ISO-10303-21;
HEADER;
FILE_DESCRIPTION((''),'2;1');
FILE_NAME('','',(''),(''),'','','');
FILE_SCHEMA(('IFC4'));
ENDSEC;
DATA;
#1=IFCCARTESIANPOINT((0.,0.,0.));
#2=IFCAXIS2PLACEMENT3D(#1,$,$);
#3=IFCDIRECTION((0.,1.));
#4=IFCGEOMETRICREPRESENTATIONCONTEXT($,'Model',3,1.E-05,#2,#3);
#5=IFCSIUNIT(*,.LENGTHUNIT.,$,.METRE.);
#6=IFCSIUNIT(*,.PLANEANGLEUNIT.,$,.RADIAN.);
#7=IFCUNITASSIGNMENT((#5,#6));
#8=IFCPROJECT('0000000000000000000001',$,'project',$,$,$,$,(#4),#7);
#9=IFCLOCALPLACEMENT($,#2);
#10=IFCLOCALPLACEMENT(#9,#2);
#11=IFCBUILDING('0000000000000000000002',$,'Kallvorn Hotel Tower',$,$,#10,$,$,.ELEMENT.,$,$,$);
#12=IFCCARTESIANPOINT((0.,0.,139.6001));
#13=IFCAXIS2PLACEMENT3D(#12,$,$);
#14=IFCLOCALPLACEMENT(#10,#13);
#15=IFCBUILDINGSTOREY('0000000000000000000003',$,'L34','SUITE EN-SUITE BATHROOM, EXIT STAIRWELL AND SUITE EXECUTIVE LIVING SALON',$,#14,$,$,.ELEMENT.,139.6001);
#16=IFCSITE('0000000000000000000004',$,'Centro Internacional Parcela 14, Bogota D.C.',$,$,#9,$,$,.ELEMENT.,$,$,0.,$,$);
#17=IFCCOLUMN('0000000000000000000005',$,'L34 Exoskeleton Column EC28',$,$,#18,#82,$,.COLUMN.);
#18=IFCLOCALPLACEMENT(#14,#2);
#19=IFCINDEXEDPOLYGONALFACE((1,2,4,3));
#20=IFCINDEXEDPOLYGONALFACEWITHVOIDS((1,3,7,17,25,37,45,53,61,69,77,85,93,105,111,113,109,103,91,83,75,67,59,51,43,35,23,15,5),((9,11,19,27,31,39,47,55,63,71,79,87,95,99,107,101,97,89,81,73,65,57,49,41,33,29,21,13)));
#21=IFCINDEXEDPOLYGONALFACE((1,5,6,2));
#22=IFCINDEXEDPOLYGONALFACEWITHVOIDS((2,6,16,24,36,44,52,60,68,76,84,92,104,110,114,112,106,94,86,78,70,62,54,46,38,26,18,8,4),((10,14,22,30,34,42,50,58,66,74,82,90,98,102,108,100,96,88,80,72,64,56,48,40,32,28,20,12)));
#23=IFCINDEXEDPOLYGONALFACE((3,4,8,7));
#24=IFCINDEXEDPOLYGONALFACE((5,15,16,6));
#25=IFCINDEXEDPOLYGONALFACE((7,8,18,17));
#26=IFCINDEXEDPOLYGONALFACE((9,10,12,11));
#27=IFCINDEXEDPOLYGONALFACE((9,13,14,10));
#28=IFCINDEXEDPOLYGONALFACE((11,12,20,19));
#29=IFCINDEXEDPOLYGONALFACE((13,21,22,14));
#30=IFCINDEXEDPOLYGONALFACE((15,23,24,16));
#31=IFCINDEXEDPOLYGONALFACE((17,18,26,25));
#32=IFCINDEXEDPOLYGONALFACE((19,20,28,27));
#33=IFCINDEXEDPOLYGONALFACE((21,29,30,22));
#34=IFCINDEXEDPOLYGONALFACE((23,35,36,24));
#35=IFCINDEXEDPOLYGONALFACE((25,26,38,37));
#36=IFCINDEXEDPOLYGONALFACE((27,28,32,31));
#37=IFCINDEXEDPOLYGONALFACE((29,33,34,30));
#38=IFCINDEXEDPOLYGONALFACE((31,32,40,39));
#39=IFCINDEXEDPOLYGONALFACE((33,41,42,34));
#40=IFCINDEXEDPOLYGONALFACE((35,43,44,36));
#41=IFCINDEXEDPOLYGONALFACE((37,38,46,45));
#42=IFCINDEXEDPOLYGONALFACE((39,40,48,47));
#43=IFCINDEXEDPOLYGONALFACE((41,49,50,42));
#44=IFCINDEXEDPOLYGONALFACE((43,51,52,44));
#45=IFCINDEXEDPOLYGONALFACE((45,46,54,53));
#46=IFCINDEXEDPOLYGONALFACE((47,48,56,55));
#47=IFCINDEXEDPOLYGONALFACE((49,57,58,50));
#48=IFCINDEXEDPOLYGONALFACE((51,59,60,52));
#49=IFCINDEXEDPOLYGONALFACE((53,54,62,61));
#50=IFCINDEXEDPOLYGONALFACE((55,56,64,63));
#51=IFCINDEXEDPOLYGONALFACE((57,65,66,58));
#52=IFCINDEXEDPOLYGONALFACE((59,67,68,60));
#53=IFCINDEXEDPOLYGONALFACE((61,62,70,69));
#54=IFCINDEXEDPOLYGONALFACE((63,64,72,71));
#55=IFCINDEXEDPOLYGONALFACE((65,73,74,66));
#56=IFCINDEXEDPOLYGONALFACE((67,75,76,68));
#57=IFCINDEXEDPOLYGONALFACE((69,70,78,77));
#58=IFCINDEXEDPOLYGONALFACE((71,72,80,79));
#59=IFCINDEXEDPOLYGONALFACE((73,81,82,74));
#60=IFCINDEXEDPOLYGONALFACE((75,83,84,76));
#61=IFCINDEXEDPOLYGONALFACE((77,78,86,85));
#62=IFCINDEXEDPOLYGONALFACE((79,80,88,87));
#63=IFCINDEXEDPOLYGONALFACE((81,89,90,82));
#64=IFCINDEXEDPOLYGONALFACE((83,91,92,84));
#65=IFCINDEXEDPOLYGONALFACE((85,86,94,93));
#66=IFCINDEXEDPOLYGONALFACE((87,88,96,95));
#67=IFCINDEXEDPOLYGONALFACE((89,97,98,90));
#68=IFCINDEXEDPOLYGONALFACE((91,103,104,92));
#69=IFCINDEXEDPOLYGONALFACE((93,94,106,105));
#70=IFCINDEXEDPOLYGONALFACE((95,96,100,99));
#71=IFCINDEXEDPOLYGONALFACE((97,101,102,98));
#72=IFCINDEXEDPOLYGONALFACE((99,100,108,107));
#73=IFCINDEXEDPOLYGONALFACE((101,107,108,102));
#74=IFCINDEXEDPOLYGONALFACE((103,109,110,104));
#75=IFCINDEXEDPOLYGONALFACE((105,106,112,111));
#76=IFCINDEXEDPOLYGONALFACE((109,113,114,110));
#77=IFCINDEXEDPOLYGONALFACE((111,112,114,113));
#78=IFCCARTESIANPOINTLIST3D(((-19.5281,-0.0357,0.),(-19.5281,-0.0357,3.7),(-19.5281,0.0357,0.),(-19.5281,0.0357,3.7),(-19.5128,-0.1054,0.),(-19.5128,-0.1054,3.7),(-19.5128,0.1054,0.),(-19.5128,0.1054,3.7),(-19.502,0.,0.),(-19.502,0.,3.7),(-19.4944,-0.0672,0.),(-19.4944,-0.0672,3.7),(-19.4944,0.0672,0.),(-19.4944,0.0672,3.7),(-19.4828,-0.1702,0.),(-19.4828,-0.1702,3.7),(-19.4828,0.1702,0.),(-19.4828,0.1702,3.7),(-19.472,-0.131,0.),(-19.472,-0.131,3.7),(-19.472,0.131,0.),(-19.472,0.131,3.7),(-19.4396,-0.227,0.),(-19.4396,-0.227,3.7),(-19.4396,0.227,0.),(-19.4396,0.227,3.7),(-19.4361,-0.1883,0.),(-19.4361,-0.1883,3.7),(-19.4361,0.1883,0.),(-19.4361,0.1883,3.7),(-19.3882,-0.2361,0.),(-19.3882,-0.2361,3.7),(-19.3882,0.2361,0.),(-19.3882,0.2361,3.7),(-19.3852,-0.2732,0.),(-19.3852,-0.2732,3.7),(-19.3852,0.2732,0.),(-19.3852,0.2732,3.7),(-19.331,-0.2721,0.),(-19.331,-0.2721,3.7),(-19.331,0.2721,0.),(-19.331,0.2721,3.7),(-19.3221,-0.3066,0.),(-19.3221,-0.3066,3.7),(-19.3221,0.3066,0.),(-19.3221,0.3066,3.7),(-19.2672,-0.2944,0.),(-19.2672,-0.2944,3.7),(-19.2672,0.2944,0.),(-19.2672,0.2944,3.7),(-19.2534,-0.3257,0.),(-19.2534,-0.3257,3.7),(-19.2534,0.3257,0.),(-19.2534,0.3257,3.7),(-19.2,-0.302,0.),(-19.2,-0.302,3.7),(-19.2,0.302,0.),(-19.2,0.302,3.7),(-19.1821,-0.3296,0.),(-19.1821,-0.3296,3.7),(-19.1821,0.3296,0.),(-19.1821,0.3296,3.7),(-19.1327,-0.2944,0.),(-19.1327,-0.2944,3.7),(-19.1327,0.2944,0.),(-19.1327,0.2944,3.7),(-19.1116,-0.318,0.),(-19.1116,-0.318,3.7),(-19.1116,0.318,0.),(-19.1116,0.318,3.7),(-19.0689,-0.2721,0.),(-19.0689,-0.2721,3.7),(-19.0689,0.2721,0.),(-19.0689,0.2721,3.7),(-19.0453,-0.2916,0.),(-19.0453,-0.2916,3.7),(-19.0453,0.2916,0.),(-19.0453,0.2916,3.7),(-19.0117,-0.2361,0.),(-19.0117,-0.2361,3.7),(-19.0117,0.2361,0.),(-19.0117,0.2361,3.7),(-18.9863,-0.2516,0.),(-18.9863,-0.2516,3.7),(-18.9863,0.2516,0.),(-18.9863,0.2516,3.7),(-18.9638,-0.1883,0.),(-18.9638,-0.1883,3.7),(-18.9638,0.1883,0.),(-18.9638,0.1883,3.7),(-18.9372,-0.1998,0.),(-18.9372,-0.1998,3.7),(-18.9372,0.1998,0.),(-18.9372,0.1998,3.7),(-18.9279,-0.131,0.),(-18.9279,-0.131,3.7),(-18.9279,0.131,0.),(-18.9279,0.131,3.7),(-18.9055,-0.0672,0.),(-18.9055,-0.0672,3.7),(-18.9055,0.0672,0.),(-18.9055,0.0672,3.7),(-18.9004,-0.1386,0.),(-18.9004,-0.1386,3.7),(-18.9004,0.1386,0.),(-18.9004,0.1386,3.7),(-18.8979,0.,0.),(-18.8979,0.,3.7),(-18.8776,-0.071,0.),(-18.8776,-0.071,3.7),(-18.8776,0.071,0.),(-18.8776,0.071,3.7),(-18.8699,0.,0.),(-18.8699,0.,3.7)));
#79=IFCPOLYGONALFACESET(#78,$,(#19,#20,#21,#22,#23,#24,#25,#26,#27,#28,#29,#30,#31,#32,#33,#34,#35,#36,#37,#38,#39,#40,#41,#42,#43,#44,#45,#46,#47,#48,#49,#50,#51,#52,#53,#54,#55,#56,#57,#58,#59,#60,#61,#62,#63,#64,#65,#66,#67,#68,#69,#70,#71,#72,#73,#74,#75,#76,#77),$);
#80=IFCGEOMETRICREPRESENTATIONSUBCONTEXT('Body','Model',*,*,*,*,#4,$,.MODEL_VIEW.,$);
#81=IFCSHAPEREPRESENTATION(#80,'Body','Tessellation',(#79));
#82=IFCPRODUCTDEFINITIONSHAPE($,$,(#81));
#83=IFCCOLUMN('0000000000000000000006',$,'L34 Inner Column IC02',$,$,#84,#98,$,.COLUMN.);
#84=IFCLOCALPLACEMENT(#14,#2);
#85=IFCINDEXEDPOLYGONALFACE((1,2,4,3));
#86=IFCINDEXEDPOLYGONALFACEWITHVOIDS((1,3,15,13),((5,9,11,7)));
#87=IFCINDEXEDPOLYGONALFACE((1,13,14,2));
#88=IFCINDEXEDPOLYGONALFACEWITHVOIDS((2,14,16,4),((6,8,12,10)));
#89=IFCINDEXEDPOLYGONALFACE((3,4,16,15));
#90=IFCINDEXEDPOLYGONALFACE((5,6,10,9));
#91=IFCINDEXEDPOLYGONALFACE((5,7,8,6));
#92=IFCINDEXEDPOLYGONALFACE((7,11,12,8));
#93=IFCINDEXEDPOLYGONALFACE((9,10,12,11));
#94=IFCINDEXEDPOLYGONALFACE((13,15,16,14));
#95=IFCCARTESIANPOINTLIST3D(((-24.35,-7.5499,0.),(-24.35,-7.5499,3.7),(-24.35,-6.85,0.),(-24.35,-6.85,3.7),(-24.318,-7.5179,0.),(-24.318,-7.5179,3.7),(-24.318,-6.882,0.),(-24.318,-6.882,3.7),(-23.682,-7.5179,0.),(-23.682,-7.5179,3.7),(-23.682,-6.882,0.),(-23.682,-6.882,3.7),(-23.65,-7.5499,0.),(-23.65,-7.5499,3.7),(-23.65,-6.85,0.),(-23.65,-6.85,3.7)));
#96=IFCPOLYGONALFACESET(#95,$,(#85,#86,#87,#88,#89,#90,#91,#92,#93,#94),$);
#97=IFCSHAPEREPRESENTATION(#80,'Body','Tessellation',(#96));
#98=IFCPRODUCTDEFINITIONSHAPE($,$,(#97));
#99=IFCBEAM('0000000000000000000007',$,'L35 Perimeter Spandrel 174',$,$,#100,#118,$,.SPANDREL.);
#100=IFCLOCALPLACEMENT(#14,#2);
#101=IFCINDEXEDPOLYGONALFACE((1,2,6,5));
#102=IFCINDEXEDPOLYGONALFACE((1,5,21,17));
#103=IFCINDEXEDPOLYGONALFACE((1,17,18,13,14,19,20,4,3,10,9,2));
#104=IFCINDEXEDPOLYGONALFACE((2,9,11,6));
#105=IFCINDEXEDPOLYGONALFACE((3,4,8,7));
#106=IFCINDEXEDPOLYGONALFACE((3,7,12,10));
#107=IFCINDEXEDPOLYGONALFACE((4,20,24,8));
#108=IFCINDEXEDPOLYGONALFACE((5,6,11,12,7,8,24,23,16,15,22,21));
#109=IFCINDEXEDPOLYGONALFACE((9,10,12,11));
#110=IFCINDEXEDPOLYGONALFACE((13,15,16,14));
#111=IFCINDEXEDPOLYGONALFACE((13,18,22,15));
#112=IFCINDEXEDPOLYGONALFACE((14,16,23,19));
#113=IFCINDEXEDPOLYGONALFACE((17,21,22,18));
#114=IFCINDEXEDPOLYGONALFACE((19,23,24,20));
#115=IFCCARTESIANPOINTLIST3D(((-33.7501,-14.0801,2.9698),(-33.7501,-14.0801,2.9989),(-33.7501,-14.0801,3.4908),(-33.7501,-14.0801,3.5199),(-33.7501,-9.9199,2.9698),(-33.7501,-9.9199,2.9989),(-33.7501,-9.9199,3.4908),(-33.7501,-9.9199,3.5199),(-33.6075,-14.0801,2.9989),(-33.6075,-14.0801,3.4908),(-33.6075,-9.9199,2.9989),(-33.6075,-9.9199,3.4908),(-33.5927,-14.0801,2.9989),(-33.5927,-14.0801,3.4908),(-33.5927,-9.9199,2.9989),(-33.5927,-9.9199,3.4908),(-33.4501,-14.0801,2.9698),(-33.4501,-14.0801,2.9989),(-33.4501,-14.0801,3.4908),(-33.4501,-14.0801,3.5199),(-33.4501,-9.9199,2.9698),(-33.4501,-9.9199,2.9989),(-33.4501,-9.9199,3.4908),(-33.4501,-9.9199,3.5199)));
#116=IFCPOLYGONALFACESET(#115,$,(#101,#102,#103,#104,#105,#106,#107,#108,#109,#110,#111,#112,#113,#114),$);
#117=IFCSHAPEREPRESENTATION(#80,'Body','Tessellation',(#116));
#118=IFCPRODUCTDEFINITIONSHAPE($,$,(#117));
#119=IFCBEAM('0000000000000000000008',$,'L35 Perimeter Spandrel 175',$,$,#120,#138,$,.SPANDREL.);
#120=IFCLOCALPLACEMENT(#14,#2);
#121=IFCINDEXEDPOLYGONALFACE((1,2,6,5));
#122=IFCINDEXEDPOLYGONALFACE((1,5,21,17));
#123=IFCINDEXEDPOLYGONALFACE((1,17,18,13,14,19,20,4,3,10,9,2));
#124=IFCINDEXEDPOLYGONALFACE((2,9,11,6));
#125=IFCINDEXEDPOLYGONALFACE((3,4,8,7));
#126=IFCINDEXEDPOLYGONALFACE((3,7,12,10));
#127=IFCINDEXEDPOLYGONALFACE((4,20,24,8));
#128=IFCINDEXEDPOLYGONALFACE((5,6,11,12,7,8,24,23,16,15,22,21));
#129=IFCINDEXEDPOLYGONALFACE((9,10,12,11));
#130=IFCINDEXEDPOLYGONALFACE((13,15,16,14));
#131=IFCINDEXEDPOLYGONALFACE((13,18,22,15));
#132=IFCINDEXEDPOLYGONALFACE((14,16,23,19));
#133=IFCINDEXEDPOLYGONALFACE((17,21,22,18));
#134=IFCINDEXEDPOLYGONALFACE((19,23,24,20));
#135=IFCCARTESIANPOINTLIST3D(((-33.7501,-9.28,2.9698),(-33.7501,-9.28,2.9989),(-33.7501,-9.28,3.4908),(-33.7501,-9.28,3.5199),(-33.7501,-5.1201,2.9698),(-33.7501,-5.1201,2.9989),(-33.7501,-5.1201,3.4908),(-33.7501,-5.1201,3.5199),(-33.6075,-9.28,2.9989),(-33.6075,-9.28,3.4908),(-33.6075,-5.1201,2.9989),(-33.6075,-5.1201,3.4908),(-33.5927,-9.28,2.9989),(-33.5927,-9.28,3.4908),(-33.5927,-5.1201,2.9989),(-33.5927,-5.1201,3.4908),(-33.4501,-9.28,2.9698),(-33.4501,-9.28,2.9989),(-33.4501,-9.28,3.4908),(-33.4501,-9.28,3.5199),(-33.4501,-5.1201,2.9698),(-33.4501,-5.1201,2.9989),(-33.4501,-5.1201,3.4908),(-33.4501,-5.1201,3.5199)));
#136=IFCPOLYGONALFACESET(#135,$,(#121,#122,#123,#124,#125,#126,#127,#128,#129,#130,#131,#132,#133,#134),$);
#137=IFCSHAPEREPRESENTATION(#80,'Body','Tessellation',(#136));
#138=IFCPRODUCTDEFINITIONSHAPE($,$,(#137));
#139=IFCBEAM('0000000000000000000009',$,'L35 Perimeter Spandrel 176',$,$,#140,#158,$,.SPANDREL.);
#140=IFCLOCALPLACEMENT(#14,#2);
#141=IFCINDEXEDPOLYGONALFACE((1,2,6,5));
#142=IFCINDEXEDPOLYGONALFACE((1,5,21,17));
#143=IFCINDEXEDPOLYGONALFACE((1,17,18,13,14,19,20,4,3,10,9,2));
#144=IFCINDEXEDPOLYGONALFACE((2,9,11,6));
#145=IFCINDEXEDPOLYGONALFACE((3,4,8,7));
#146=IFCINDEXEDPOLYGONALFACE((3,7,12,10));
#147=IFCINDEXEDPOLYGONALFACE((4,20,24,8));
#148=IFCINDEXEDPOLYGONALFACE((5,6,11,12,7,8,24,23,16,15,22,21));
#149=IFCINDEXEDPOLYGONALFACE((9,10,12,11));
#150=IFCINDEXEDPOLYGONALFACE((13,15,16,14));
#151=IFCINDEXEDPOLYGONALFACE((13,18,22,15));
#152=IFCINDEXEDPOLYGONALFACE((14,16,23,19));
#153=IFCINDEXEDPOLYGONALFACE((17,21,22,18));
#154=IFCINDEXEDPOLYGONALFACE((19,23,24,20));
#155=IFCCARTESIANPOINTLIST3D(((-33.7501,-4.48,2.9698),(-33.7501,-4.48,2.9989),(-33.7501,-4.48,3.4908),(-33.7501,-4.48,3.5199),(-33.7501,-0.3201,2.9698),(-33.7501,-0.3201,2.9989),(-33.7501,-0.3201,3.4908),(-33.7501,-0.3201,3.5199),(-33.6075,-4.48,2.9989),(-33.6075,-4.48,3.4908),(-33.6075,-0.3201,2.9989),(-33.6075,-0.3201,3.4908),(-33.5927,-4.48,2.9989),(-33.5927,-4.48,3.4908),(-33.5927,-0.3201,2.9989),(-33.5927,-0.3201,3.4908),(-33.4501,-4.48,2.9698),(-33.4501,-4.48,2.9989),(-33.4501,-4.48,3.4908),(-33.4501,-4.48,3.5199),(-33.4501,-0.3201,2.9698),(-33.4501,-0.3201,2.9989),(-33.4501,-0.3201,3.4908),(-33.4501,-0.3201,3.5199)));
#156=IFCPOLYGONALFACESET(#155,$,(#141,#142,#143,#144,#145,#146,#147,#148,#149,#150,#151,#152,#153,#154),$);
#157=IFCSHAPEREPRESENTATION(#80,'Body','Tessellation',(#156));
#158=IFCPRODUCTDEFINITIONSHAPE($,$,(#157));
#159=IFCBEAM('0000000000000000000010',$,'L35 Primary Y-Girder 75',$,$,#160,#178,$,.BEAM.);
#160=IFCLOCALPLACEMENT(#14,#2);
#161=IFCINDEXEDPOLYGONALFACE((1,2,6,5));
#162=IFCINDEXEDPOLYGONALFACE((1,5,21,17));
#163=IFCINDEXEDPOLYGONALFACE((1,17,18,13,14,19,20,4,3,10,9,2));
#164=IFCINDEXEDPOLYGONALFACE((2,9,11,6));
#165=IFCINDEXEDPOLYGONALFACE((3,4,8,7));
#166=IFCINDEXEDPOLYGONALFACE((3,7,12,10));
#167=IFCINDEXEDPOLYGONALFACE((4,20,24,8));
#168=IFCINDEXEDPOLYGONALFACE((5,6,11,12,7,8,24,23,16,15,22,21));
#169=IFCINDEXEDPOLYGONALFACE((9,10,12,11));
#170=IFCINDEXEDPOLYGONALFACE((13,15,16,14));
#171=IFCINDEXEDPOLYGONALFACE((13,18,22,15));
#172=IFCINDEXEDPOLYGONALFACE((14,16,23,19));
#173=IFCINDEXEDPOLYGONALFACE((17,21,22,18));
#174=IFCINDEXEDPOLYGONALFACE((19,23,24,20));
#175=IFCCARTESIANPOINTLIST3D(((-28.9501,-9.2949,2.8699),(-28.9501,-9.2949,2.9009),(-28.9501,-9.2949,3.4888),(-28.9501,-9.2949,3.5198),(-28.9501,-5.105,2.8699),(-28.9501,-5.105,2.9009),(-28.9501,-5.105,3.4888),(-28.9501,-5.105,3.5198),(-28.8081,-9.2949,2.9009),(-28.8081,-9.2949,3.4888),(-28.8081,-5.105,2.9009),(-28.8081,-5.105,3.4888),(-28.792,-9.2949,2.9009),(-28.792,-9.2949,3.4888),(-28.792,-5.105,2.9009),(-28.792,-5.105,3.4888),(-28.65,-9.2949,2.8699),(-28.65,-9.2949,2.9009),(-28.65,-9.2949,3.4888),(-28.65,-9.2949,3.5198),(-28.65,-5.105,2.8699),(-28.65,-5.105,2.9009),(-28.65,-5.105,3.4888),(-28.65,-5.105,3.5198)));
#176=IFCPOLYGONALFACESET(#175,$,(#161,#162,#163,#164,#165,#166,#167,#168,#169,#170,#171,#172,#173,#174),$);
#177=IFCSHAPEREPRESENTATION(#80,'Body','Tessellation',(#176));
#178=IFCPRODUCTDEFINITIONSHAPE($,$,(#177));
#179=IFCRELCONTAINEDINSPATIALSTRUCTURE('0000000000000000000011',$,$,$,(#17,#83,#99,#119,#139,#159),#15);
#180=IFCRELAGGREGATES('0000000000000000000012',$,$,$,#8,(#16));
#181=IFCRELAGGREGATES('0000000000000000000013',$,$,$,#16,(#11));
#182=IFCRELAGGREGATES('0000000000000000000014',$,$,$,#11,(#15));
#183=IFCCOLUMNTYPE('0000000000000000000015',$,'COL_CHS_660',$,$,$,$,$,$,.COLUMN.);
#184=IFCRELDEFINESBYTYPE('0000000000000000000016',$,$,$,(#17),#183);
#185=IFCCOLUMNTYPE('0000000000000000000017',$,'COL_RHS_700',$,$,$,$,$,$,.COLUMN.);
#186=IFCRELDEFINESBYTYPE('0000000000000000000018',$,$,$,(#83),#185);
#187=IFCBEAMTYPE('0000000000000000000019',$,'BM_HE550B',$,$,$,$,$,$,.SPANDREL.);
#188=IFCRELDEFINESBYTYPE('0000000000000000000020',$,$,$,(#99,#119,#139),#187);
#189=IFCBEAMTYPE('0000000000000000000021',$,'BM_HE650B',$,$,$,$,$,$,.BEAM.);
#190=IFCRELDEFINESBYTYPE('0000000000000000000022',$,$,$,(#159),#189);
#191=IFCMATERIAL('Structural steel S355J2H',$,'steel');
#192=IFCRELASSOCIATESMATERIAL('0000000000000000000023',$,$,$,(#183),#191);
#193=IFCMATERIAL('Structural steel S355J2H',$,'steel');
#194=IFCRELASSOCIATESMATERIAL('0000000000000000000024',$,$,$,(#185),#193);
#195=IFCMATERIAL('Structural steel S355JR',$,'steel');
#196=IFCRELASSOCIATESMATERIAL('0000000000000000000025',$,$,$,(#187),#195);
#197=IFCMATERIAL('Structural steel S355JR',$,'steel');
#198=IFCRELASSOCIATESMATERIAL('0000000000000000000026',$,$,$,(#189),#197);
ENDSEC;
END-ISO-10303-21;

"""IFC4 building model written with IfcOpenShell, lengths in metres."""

from ifc_helpers import new_model, si_unit, direction, frame, origin, origin_2d, place, context, subcontext, project, spatial, hollow_rectangle, hollow_circle, i_section, extrude, material, material_profile, profile_set, type_object, element, save


model = new_model("IFC4")

# Units and contexts
model_context = context("Model", 3, precision=1e-05, world=origin(), true_north=direction((0.0, 1.0)))
body_context = subcontext(model_context, "Body", "Model", "MODEL_VIEW")
ifc_project = project(units=[si_unit("LENGTHUNIT", "METRE"), si_unit("PLANEANGLEUNIT", "RADIAN")], contexts=[model_context])

# Site, building, storey
site_placement = place(None, origin())
site = spatial("IfcSite", under=ifc_project, at=site_placement, Name="Centro Internacional Parcela 14, Bogota D.C.", CompositionType="ELEMENT", RefElevation=0.0)
building_placement = place(site_placement, origin())
building = spatial("IfcBuilding", under=site, at=building_placement, Name="Kallvorn Hotel Tower", CompositionType="ELEMENT")
storey_placement = place(building_placement, frame((0.0, 0.0, 139.6001)))
storey = spatial("IfcBuildingStorey", under=building, at=storey_placement, Name="L34", Description="SUITE EN-SUITE BATHROOM, EXIT STAIRWELL AND SUITE EXECUTIVE LIVING SALON", CompositionType="ELEMENT", Elevation=139.6001)

# Columns
ifc_material_1 = material(Name="Structural steel S355J2H", Category="steel")
ifc_material_profile_1 = material_profile(ifc_material_1, hollow_circle(Radius=0.3301, WallThickness=0.0281, at=origin_2d()), Name="CHS 660x28")
ifc_profile_set_1 = profile_set([ifc_material_profile_1], Name="Structural steel S355J2H")
column_type_1 = type_object("IfcColumnType", Name="COL_CHS_660", PredefinedType="COLUMN", material=ifc_profile_set_1)
for number, where, z_axis, x_axis, name in (
    (1, (-19.2, 0.0, 0.0), (0.0, 0.0, 1.0), (1.0, 0.0, 0.0), "L34 Exoskeleton Column EC28"),
):
    element("IfcColumn", number, at=place(storey_placement, frame(where, z_axis=z_axis, x_axis=x_axis)), inside=storey, type_object=column_type_1, Name=name, PredefinedType="COLUMN", context=body_context, shape_type="SweptSolid", body=[
        extrude(hollow_circle(Radius=0.3301, WallThickness=0.0281, at=origin_2d()), origin(), (0.0, 0.0, 1.0), 3.7),
    ])
ifc_material_2 = material(Name="Structural steel S355J2H", Category="steel")
ifc_material_profile_2 = material_profile(ifc_material_2, hollow_rectangle(XDim=0.7, YDim=0.7, WallThickness=0.032, at=origin_2d()), Name="RHS 700x700x32")
ifc_profile_set_2 = profile_set([ifc_material_profile_2], Name="Structural steel S355J2H")
column_type_2 = type_object("IfcColumnType", Name="COL_RHS_700", PredefinedType="COLUMN", material=ifc_profile_set_2)
column_placement = place(storey_placement, frame((-24.0, -7.2, 0.0), z_axis=(0.0, 0.0, 1.0), x_axis=(1.0, 0.0, 0.0)))
element("IfcColumn", 2, at=column_placement, inside=storey, type_object=column_type_2, Name="L34 Inner Column IC02", PredefinedType="COLUMN", context=body_context, shape_type="SweptSolid", body=[
    extrude(hollow_rectangle(XDim=0.7, YDim=0.7, WallThickness=0.032, at=origin_2d()), origin(), (0.0, 0.0, 1.0), 3.7),
])

# Beams
ifc_material_3 = material(Name="Structural steel S355JR", Category="steel")
ifc_material_profile_3 = material_profile(ifc_material_3, i_section(OverallWidth=0.3, OverallDepth=0.55, WebThickness=0.0149, FlangeThickness=0.0291, at=origin_2d()), Name="HE 550 B")
ifc_profile_set_3 = profile_set([ifc_material_profile_3], Name="Structural steel S355JR")
beam_type_1 = type_object("IfcBeamType", Name="BM_HE550B", PredefinedType="SPANDREL", material=ifc_profile_set_3)
beam_1_placement = place(storey_placement, frame((-33.6001, -14.0801, 3.2449), z_axis=(0.0, 1.0, 0.0), x_axis=(-1.0, 0.0, 0.0)))
element("IfcBeam", 3, at=beam_1_placement, inside=storey, type_object=beam_type_1, Name="L35 Perimeter Spandrel 174", PredefinedType="SPANDREL", context=body_context, shape_type="SweptSolid", body=[
    extrude(i_section(OverallWidth=0.3, OverallDepth=0.55, WebThickness=0.0149, FlangeThickness=0.0291, at=origin_2d()), origin(), (0.0, 0.0, 1.0), 4.1602),
])
for number, where, z_axis, x_axis, name in (
    (4, (-33.6001, -9.28, 3.2449), (0.0, 1.0, 0.0), (-1.0, 0.0, 0.0), "L35 Perimeter Spandrel 175"),
    (5, (-33.6001, -4.48, 3.2449), (0.0, 1.0, 0.0), (-1.0, 0.0, 0.0), "L35 Perimeter Spandrel 176"),
):
    element("IfcBeam", number, at=place(storey_placement, frame(where, z_axis=z_axis, x_axis=x_axis)), inside=storey, type_object=beam_type_1, Name=name, PredefinedType="SPANDREL", context=body_context, shape_type="SweptSolid", body=[
        extrude(i_section(OverallWidth=0.3, OverallDepth=0.55, WebThickness=0.0149, FlangeThickness=0.0291, at=origin_2d()), origin(), (0.0, 0.0, 1.0), 4.1599),
    ])
ifc_material_4 = material(Name="Structural steel S355JR", Category="steel")
ifc_material_profile_4 = material_profile(ifc_material_4, i_section(OverallWidth=0.3, OverallDepth=0.6499, WebThickness=0.0161, FlangeThickness=0.031, at=origin_2d()), Name="HE 650 B")
ifc_profile_set_4 = profile_set([ifc_material_profile_4], Name="Structural steel S355JR")
beam_type_2 = type_object("IfcBeamType", Name="BM_HE650B", PredefinedType="BEAM", material=ifc_profile_set_4)
beam_2_placement = place(storey_placement, frame((-28.8, -9.2949, 3.1948), z_axis=(0.0, 1.0, 0.0), x_axis=(-1.0, 0.0, 0.0)))
element("IfcBeam", 6, at=beam_2_placement, inside=storey, type_object=beam_type_2, Name="L35 Primary Y-Girder 75", PredefinedType="BEAM", context=body_context, shape_type="SweptSolid", body=[
    extrude(i_section(OverallWidth=0.3, OverallDepth=0.6499, WebThickness=0.0161, FlangeThickness=0.031, at=origin_2d()), origin(), (0.0, 0.0, 1.0), 4.1899),
])

save(model, "model.ifc")
